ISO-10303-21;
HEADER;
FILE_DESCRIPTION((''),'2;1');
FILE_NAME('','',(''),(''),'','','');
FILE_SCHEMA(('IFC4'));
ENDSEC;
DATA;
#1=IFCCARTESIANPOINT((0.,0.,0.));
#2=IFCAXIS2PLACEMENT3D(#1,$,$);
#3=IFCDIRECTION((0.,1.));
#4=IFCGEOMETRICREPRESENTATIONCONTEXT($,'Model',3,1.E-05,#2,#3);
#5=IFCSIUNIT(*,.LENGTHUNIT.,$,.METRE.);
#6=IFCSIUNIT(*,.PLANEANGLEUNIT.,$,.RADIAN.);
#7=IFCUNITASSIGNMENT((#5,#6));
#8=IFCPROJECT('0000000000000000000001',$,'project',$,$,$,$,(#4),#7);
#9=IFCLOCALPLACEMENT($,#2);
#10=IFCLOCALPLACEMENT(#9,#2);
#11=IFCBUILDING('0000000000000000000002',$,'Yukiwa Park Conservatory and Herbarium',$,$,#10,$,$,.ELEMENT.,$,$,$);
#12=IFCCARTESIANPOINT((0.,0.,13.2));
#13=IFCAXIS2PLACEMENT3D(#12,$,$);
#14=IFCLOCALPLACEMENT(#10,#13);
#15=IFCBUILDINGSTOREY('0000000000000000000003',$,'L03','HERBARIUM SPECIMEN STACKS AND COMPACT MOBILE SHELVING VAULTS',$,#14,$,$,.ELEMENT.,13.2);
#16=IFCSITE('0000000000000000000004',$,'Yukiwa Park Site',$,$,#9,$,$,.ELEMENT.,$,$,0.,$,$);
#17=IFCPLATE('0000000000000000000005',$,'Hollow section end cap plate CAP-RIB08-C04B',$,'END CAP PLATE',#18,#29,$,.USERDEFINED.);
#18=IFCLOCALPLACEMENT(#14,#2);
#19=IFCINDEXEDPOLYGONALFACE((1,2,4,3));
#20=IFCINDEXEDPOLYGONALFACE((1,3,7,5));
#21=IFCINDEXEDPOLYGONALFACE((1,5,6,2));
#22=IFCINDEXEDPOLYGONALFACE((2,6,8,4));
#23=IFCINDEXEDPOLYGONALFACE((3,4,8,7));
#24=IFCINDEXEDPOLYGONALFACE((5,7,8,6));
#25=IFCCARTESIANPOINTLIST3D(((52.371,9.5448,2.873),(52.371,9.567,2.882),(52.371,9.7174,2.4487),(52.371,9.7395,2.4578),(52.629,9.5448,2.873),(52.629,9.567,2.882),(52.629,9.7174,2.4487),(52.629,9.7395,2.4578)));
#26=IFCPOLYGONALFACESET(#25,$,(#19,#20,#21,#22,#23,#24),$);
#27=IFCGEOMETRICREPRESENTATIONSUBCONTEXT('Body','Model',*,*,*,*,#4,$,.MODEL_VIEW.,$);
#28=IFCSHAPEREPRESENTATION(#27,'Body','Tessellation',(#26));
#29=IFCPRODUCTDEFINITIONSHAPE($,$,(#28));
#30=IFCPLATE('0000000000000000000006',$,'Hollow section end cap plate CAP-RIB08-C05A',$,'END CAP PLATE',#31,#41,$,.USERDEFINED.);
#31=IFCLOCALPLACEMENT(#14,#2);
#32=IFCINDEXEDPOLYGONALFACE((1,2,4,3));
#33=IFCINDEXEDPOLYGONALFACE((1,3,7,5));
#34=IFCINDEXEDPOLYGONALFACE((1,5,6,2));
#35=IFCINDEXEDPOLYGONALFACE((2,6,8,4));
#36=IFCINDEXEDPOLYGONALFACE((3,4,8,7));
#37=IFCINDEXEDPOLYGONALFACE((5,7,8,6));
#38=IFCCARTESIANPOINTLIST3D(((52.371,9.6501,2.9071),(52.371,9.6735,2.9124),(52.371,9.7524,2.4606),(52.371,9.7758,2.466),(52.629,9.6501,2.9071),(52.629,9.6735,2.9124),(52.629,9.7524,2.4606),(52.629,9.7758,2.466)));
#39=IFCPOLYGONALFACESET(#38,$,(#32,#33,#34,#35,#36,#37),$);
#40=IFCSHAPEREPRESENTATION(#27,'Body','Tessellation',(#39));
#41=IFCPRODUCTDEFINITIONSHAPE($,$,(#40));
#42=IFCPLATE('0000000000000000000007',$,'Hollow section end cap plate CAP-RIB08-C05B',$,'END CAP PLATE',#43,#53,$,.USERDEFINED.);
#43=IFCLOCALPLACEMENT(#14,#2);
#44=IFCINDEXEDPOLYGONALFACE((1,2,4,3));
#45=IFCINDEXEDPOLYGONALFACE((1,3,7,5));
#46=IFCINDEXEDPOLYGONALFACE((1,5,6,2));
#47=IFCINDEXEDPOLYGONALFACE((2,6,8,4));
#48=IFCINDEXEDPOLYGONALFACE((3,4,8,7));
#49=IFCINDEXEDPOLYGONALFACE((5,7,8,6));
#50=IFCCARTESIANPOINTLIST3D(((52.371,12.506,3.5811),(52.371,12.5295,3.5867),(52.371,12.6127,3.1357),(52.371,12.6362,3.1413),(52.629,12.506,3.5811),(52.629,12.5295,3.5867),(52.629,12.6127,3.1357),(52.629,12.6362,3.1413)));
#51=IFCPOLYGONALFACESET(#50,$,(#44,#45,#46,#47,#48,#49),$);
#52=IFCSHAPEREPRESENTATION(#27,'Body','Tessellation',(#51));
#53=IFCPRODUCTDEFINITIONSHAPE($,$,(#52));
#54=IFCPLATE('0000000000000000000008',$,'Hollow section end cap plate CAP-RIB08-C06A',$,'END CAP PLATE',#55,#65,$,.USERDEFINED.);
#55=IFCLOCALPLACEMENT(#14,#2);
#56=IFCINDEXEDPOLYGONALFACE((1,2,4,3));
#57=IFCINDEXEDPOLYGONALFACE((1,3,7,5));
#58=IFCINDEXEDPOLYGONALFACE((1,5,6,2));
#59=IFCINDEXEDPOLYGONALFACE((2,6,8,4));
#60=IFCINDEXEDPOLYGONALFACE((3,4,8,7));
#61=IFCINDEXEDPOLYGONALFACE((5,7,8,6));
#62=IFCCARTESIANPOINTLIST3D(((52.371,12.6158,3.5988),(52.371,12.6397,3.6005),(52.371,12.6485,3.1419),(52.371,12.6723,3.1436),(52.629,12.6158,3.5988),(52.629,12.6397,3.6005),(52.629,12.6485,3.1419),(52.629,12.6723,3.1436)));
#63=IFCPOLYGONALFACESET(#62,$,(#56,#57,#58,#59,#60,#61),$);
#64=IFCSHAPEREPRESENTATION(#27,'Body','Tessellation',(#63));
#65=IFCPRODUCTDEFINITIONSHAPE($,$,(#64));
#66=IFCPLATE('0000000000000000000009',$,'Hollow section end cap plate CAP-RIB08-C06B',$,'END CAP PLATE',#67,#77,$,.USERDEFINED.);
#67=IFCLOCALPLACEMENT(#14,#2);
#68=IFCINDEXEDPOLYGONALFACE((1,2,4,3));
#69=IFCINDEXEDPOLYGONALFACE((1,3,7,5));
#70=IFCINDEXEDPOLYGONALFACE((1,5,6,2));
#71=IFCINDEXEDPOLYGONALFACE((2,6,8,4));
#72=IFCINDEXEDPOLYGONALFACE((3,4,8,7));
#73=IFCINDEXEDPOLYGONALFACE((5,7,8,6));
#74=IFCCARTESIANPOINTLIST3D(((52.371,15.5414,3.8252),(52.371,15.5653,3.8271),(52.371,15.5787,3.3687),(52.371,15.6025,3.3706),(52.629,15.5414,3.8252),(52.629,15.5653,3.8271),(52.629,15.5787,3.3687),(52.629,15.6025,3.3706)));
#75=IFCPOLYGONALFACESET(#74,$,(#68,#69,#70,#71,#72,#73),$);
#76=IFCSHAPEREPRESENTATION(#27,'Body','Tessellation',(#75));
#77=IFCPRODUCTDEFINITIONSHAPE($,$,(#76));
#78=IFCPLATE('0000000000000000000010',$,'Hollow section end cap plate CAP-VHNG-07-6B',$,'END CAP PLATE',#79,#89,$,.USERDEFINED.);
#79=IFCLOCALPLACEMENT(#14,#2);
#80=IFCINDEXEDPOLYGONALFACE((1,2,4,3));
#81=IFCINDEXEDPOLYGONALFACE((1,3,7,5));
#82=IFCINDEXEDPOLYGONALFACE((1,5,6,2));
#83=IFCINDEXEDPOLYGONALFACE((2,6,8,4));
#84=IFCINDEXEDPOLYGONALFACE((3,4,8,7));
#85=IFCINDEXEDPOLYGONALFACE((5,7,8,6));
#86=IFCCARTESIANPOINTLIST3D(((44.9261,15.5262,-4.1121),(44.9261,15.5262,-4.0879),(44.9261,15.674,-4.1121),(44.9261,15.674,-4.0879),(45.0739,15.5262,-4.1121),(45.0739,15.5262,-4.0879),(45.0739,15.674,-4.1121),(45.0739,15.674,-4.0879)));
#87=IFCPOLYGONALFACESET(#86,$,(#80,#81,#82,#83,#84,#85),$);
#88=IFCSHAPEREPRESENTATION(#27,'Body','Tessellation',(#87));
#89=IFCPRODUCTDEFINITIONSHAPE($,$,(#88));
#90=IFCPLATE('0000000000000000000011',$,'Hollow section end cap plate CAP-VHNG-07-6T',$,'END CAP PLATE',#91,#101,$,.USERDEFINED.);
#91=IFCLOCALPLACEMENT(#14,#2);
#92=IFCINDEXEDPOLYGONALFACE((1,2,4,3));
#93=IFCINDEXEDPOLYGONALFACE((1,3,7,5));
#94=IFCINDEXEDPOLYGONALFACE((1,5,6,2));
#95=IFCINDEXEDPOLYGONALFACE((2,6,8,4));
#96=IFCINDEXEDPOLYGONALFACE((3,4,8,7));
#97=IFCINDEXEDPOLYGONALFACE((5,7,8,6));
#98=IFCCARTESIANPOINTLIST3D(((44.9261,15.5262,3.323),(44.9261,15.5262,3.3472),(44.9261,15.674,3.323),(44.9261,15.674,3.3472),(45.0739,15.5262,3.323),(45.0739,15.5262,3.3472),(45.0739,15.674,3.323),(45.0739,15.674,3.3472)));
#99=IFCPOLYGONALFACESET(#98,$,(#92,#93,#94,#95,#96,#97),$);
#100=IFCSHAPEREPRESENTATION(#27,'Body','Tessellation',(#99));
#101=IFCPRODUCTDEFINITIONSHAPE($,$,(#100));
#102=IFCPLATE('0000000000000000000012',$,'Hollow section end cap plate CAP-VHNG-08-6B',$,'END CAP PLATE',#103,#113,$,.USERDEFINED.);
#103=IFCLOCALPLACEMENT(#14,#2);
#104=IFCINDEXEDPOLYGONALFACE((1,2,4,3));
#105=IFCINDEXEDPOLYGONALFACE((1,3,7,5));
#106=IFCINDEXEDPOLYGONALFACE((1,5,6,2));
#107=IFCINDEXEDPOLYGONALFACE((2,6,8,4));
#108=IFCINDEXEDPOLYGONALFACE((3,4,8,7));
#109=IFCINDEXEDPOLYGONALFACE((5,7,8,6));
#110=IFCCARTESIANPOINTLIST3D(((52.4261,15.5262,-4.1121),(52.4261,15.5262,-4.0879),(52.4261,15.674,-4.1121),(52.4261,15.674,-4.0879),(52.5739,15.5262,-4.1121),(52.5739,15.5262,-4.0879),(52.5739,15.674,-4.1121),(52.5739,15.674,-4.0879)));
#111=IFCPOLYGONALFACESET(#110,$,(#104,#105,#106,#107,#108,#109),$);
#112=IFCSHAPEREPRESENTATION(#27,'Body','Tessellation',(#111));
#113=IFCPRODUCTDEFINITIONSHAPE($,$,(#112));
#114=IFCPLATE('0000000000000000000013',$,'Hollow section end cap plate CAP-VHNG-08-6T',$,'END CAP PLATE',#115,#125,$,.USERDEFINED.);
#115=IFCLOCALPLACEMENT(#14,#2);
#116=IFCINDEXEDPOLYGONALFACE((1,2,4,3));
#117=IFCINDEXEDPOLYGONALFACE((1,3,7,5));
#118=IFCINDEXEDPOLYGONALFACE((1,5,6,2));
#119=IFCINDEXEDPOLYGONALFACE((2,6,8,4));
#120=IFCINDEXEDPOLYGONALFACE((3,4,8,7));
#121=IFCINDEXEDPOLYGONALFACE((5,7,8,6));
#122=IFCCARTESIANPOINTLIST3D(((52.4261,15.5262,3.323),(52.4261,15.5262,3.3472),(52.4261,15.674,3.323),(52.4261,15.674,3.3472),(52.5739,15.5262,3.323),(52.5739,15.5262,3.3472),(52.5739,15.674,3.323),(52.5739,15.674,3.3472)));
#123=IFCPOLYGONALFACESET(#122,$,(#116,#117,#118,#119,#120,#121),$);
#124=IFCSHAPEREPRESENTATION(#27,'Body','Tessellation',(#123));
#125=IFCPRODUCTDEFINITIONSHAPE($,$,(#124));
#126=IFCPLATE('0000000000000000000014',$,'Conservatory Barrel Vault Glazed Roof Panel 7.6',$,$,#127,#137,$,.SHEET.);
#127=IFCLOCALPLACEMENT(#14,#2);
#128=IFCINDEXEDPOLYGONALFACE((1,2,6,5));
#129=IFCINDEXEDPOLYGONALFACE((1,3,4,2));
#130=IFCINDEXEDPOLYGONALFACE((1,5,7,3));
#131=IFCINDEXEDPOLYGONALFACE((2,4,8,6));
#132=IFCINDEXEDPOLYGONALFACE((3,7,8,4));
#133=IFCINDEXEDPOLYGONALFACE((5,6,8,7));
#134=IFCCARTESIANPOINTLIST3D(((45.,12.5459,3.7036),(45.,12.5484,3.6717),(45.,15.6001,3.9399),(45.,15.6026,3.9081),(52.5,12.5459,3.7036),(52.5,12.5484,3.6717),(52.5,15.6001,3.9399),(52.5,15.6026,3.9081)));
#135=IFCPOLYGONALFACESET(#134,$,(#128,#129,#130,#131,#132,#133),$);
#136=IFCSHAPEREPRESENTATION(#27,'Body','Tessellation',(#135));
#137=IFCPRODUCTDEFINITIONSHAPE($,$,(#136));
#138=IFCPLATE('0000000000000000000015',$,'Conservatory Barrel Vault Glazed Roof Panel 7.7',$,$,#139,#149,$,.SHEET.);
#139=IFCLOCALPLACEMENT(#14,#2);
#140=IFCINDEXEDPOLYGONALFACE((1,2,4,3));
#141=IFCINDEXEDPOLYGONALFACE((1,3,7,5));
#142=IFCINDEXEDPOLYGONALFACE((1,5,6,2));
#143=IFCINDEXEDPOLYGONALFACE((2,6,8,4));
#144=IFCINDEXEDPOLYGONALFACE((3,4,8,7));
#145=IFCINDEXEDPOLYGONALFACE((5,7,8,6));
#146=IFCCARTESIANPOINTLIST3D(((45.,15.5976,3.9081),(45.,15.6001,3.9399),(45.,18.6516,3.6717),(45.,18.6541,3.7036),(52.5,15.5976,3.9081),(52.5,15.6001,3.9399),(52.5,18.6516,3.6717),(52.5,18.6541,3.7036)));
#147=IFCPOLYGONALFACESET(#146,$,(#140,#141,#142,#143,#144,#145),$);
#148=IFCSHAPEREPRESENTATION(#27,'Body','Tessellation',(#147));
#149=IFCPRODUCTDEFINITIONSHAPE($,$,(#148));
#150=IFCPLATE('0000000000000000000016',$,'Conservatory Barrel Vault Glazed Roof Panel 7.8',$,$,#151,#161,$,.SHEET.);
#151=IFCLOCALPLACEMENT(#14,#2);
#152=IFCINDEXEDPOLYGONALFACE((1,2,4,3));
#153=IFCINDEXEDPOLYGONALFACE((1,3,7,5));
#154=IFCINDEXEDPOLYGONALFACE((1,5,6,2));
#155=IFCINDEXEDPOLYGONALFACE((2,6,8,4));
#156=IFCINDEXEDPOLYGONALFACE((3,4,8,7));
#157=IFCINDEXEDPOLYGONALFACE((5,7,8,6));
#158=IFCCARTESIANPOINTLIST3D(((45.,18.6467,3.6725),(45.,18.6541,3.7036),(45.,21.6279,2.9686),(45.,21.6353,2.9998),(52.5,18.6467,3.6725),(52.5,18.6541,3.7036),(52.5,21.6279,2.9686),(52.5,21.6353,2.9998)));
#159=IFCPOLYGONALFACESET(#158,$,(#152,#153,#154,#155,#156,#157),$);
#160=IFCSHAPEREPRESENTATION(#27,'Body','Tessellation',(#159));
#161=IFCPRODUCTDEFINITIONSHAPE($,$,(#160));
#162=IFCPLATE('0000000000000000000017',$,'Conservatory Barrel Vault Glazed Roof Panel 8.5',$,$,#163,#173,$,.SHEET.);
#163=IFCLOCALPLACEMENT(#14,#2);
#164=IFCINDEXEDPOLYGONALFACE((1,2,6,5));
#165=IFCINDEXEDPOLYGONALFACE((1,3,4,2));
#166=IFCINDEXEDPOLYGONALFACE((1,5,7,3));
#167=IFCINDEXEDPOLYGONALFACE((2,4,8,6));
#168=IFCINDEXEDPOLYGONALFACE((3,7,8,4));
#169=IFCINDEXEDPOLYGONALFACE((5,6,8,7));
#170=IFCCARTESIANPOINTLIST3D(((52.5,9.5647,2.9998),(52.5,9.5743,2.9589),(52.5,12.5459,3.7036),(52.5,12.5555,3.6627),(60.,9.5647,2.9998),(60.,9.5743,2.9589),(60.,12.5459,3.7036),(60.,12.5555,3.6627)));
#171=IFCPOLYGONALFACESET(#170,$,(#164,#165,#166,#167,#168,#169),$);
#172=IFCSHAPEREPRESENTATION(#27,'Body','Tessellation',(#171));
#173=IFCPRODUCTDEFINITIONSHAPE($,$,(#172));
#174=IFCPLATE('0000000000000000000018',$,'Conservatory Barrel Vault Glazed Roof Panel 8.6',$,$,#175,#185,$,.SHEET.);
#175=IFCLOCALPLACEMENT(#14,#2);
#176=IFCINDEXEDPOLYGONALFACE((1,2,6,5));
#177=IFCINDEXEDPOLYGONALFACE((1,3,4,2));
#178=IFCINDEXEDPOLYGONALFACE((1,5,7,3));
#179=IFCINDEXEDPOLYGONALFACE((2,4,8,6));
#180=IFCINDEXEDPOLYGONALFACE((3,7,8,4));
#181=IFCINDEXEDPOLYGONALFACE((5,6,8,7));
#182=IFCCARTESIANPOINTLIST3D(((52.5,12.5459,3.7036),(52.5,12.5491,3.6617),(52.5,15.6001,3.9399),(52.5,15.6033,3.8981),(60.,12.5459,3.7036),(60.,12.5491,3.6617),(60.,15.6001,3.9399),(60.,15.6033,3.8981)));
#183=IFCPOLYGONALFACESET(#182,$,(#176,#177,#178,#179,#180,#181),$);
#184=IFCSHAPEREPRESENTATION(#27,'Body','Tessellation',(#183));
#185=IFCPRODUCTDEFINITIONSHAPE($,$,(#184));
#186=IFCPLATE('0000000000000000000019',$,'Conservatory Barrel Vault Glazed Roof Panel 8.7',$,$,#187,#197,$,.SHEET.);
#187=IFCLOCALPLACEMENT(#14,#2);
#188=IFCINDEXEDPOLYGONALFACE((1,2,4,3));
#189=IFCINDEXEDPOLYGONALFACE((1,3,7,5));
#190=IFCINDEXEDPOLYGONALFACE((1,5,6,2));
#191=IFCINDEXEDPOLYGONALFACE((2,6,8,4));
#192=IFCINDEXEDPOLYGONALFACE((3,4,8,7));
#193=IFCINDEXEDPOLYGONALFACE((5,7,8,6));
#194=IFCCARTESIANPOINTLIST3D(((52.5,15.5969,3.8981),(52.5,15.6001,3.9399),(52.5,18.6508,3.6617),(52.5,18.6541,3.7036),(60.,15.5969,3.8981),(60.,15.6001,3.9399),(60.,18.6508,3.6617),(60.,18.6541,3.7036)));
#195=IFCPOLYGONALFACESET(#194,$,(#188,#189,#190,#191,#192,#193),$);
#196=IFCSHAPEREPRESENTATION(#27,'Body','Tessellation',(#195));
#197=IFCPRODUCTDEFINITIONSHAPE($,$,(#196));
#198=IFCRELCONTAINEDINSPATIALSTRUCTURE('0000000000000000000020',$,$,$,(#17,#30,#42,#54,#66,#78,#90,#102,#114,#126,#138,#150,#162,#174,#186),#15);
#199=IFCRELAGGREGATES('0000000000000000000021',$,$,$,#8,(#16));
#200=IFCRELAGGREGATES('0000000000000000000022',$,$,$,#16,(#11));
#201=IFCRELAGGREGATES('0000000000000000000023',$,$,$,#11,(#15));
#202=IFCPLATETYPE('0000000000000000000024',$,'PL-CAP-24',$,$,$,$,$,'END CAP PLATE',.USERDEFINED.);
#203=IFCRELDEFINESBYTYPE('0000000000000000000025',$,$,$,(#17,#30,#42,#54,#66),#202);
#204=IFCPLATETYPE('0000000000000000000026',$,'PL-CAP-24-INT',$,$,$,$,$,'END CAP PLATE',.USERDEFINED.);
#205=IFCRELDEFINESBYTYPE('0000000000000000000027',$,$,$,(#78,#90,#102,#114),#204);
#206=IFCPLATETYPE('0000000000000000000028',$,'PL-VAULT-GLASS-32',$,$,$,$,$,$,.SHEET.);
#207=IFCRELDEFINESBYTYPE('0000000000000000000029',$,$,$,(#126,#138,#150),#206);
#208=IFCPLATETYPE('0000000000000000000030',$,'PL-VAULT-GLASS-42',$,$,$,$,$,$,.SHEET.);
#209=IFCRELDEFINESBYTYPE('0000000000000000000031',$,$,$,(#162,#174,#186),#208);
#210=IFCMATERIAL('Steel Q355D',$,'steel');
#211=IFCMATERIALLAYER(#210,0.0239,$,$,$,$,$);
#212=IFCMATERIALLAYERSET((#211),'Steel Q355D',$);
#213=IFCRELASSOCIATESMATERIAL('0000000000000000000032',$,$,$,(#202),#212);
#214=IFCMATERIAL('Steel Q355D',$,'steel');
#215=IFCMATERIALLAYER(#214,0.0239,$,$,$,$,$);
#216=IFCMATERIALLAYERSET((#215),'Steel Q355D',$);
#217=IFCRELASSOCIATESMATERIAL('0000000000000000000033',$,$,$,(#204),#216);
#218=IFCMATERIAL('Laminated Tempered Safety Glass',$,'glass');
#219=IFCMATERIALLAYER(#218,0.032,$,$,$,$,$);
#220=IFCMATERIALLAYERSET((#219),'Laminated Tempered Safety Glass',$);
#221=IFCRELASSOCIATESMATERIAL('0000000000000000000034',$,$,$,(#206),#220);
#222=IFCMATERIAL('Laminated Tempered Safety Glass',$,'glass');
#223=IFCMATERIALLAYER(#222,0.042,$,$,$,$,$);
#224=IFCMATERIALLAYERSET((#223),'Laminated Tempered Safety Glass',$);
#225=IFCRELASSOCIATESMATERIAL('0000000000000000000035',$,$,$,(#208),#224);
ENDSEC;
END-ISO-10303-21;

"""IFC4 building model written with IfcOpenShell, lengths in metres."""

from ifc_helpers import new_model, si_unit, direction, frame, origin, origin_2d, place, context, subcontext, project, spatial, polyline, rectangle, outline, extrude, material, layer, layer_set, type_object, element, save


model = new_model("IFC4")

# Units and contexts
model_context = context("Model", 3, precision=1e-05, world=origin(), true_north=direction((0.0, 1.0)))
body_context = subcontext(model_context, "Body", "Model", "MODEL_VIEW")
ifc_project = project(units=[si_unit("LENGTHUNIT", "METRE"), si_unit("PLANEANGLEUNIT", "RADIAN")], contexts=[model_context])

# Site, building, storey
site_placement = place(None, origin())
site = spatial("IfcSite", under=ifc_project, at=site_placement, Name="Yukiwa Park Site", CompositionType="ELEMENT", RefElevation=0.0)
building_placement = place(site_placement, origin())
building = spatial("IfcBuilding", under=site, at=building_placement, Name="Yukiwa Park Conservatory and Herbarium", CompositionType="ELEMENT")
storey_placement = place(building_placement, frame((0.0, 0.0, 13.2)))
storey = spatial("IfcBuildingStorey", under=building, at=storey_placement, Name="L03", Description="HERBARIUM SPECIMEN STACKS AND COMPACT MOBILE SHELVING VAULTS", CompositionType="ELEMENT", Elevation=13.2)

# Plates
ifc_material_1 = material(Name="Steel Q355D", Category="steel")
ifc_layer_1 = layer(ifc_material_1, 0.0239)
ifc_layer_set_1 = layer_set([ifc_layer_1], Name="Steel Q355D")
plate_type_1 = type_object("IfcPlateType", Name="PL-CAP-24", ElementType="END CAP PLATE", PredefinedType="USERDEFINED", material=ifc_layer_set_1)
for number, where, z_axis, x_axis, name in (
    (1, (52.5, 9.6311, 2.6609), (0.0, 0.926356, 0.37665), (-1.0, 0.0, 0.0), "Hollow section end cap plate CAP-RIB08-C04B"),
    (2, (52.5, 9.7246, 2.6892), (0.0, -0.974732, -0.223376), (1.0, 0.0, 0.0), "Hollow section end cap plate CAP-RIB08-C05A"),
):
    element("IfcPlate", number, at=place(storey_placement, frame(where, z_axis=z_axis, x_axis=x_axis)), inside=storey, type_object=plate_type_1, Name=name, ObjectType="END CAP PLATE", PredefinedType="USERDEFINED", context=body_context, shape_type="SweptSolid", body=[
        extrude(rectangle(XDim=0.2581, YDim=0.458, at=origin_2d()), origin(), (0.0, 0.0, 1.0), 0.0239),
    ])
plate_1_placement = place(storey_placement, frame((52.5, 12.5593, 3.3584), z_axis=(0.0, 0.972479, 0.23299), x_axis=(-1.0, 0.0, 0.0)))
element("IfcPlate", 3, at=plate_1_placement, inside=storey, type_object=plate_type_1, Name="Hollow section end cap plate CAP-RIB08-C05B", ObjectType="END CAP PLATE", PredefinedType="USERDEFINED", context=body_context, shape_type="SweptSolid", body=[
    extrude(rectangle(XDim=0.2581, YDim=0.458, at=origin_2d()), origin(), (0.0, 0.0, 1.0), 0.0242),
])
for number, where, z_axis, x_axis, name in (
    (4, (52.5, 12.656, 3.3721), (0.0, -0.997459, -0.071247), (1.0, 0.0, 0.0), "Hollow section end cap plate CAP-RIB08-C06A"),
    (5, (52.5, 15.5601, 3.5969), (0.0, 0.996685, 0.081362), (-1.0, 0.0, 0.0), "Hollow section end cap plate CAP-RIB08-C06B"),
):
    element("IfcPlate", number, at=place(storey_placement, frame(where, z_axis=z_axis, x_axis=x_axis)), inside=storey, type_object=plate_type_1, Name=name, ObjectType="END CAP PLATE", PredefinedType="USERDEFINED", context=body_context, shape_type="SweptSolid", body=[
        extrude(rectangle(XDim=0.2581, YDim=0.458, at=origin_2d()), origin(), (0.0, 0.0, 1.0), 0.0239),
    ])
ifc_material_2 = material(Name="Steel Q355D", Category="steel")
ifc_layer_2 = layer(ifc_material_2, 0.0239)
ifc_layer_set_2 = layer_set([ifc_layer_2], Name="Steel Q355D")
plate_type_2 = type_object("IfcPlateType", Name="PL-CAP-24-INT", ElementType="END CAP PLATE", PredefinedType="USERDEFINED", material=ifc_layer_set_2)
for number, where, z_axis, x_axis, name in (
    (6, (45.0, 15.6001, -4.0879), (0.0, 0.0, -1.0), (1.0, 0.0, 0.0), "Hollow section end cap plate CAP-VHNG-07-6B"),
    (7, (45.0, 15.6001, 3.323), (0.0, 0.0, 1.0), (1.0, 0.0, 0.0), "Hollow section end cap plate CAP-VHNG-07-6T"),
    (8, (52.5, 15.6001, -4.0879), (0.0, 0.0, -1.0), (1.0, 0.0, 0.0), "Hollow section end cap plate CAP-VHNG-08-6B"),
    (9, (52.5, 15.6001, 3.323), (0.0, 0.0, 1.0), (1.0, 0.0, 0.0), "Hollow section end cap plate CAP-VHNG-08-6T"),
):
    element("IfcPlate", number, at=place(storey_placement, frame(where, z_axis=z_axis, x_axis=x_axis)), inside=storey, type_object=plate_type_2, Name=name, ObjectType="END CAP PLATE", PredefinedType="USERDEFINED", context=body_context, shape_type="SweptSolid", body=[
        extrude(rectangle(XDim=0.1477, YDim=0.1477, at=origin_2d()), origin(), (0.0, 0.0, 1.0), 0.0242),
    ])
ifc_material_3 = material(Name="Laminated Tempered Safety Glass", Category="glass")
ifc_layer_3 = layer(ifc_material_3, 0.032)
ifc_layer_set_3 = layer_set([ifc_layer_3], Name="Laminated Tempered Safety Glass")
plate_type_3 = type_object("IfcPlateType", Name="PL-VAULT-GLASS-32", PredefinedType="SHEET", material=ifc_layer_set_3)
plate_2_placement = place(storey_placement, frame((45.0, 12.5459, 3.7036), z_axis=(0.0, -0.077147, 0.99702), x_axis=(1.0, 0.0, 0.0)))
element("IfcPlate", 10, at=plate_2_placement, inside=storey, type_object=plate_type_3, Name="Conservatory Barrel Vault Glazed Roof Panel 7.6", PredefinedType="SHEET", context=body_context, shape_type="SweptSolid", body=[
    extrude(outline(polyline([(0.0, 0.0), (7.5, 0.0), (7.5, 3.0633), (0.0, 3.0633), (0.0, 0.0)])), origin(), (0.0, 0.0, -1.0), 0.032),
])
plate_3_placement = place(storey_placement, frame((45.0, 15.6001, 3.9399), z_axis=(0.0, 0.077154, 0.997019), x_axis=(1.0, 0.0, 0.0)))
element("IfcPlate", 11, at=plate_3_placement, inside=storey, type_object=plate_type_3, Name="Conservatory Barrel Vault Glazed Roof Panel 7.7", PredefinedType="SHEET", context=body_context, shape_type="SweptSolid", body=[
    extrude(outline(polyline([(0.0, 0.0), (7.5, 0.0), (7.5, 3.0631), (0.0, 3.0631), (0.0, 0.0)])), origin(), (0.0, 0.0, -1.0), 0.032),
])
plate_4_placement = place(storey_placement, frame((45.0, 18.6541, 3.7036), z_axis=(0.0, 0.229781, 0.973242), x_axis=(1.0, 0.0, 0.0)))
element("IfcPlate", 12, at=plate_4_placement, inside=storey, type_object=plate_type_3, Name="Conservatory Barrel Vault Glazed Roof Panel 7.8", PredefinedType="SHEET", context=body_context, shape_type="SweptSolid", body=[
    extrude(outline(polyline([(0.0, 0.0), (7.5, 0.0), (7.5, 3.0632), (0.0, 3.0632), (0.0, 0.0)])), origin(), (0.0, 0.0, -1.0), 0.032),
])
ifc_material_4 = material(Name="Laminated Tempered Safety Glass", Category="glass")
ifc_layer_4 = layer(ifc_material_4, 0.042)
ifc_layer_set_4 = layer_set([ifc_layer_4], Name="Laminated Tempered Safety Glass")
plate_type_4 = type_object("IfcPlateType", Name="PL-VAULT-GLASS-42", PredefinedType="SHEET", material=ifc_layer_set_4)
plate_5_placement = place(storey_placement, frame((52.5, 9.5647, 2.9998), z_axis=(0.0, -0.229781, 0.973242), x_axis=(1.0, 0.0, 0.0)))
element("IfcPlate", 13, at=plate_5_placement, inside=storey, type_object=plate_type_4, Name="Conservatory Barrel Vault Glazed Roof Panel 8.5", PredefinedType="SHEET", context=body_context, shape_type="SweptSolid", body=[
    extrude(outline(polyline([(0.0, 0.0), (7.5, 0.0), (7.5, 3.0632), (0.0, 3.0632), (0.0, 0.0)])), origin(), (0.0, 0.0, -1.0), 0.042),
])
plate_6_placement = place(storey_placement, frame((52.5, 12.5459, 3.7036), z_axis=(0.0, -0.077147, 0.99702), x_axis=(1.0, 0.0, 0.0)))
element("IfcPlate", 14, at=plate_6_placement, inside=storey, type_object=plate_type_4, Name="Conservatory Barrel Vault Glazed Roof Panel 8.6", PredefinedType="SHEET", context=body_context, shape_type="SweptSolid", body=[
    extrude(outline(polyline([(0.0, 0.0), (7.5, 0.0), (7.5, 3.0633), (0.0, 3.0633), (0.0, 0.0)])), origin(), (0.0, 0.0, -1.0), 0.042),
])
plate_7_placement = place(storey_placement, frame((52.5, 15.6001, 3.9399), z_axis=(0.0, 0.077154, 0.997019), x_axis=(1.0, 0.0, 0.0)))
element("IfcPlate", 15, at=plate_7_placement, inside=storey, type_object=plate_type_4, Name="Conservatory Barrel Vault Glazed Roof Panel 8.7", PredefinedType="SHEET", context=body_context, shape_type="SweptSolid", body=[
    extrude(outline(polyline([(0.0, 0.0), (7.5, 0.0), (7.5, 3.0631), (0.0, 3.0631), (0.0, 0.0)])), origin(), (0.0, 0.0, -1.0), 0.042),
])

save(model, "model.ifc")
